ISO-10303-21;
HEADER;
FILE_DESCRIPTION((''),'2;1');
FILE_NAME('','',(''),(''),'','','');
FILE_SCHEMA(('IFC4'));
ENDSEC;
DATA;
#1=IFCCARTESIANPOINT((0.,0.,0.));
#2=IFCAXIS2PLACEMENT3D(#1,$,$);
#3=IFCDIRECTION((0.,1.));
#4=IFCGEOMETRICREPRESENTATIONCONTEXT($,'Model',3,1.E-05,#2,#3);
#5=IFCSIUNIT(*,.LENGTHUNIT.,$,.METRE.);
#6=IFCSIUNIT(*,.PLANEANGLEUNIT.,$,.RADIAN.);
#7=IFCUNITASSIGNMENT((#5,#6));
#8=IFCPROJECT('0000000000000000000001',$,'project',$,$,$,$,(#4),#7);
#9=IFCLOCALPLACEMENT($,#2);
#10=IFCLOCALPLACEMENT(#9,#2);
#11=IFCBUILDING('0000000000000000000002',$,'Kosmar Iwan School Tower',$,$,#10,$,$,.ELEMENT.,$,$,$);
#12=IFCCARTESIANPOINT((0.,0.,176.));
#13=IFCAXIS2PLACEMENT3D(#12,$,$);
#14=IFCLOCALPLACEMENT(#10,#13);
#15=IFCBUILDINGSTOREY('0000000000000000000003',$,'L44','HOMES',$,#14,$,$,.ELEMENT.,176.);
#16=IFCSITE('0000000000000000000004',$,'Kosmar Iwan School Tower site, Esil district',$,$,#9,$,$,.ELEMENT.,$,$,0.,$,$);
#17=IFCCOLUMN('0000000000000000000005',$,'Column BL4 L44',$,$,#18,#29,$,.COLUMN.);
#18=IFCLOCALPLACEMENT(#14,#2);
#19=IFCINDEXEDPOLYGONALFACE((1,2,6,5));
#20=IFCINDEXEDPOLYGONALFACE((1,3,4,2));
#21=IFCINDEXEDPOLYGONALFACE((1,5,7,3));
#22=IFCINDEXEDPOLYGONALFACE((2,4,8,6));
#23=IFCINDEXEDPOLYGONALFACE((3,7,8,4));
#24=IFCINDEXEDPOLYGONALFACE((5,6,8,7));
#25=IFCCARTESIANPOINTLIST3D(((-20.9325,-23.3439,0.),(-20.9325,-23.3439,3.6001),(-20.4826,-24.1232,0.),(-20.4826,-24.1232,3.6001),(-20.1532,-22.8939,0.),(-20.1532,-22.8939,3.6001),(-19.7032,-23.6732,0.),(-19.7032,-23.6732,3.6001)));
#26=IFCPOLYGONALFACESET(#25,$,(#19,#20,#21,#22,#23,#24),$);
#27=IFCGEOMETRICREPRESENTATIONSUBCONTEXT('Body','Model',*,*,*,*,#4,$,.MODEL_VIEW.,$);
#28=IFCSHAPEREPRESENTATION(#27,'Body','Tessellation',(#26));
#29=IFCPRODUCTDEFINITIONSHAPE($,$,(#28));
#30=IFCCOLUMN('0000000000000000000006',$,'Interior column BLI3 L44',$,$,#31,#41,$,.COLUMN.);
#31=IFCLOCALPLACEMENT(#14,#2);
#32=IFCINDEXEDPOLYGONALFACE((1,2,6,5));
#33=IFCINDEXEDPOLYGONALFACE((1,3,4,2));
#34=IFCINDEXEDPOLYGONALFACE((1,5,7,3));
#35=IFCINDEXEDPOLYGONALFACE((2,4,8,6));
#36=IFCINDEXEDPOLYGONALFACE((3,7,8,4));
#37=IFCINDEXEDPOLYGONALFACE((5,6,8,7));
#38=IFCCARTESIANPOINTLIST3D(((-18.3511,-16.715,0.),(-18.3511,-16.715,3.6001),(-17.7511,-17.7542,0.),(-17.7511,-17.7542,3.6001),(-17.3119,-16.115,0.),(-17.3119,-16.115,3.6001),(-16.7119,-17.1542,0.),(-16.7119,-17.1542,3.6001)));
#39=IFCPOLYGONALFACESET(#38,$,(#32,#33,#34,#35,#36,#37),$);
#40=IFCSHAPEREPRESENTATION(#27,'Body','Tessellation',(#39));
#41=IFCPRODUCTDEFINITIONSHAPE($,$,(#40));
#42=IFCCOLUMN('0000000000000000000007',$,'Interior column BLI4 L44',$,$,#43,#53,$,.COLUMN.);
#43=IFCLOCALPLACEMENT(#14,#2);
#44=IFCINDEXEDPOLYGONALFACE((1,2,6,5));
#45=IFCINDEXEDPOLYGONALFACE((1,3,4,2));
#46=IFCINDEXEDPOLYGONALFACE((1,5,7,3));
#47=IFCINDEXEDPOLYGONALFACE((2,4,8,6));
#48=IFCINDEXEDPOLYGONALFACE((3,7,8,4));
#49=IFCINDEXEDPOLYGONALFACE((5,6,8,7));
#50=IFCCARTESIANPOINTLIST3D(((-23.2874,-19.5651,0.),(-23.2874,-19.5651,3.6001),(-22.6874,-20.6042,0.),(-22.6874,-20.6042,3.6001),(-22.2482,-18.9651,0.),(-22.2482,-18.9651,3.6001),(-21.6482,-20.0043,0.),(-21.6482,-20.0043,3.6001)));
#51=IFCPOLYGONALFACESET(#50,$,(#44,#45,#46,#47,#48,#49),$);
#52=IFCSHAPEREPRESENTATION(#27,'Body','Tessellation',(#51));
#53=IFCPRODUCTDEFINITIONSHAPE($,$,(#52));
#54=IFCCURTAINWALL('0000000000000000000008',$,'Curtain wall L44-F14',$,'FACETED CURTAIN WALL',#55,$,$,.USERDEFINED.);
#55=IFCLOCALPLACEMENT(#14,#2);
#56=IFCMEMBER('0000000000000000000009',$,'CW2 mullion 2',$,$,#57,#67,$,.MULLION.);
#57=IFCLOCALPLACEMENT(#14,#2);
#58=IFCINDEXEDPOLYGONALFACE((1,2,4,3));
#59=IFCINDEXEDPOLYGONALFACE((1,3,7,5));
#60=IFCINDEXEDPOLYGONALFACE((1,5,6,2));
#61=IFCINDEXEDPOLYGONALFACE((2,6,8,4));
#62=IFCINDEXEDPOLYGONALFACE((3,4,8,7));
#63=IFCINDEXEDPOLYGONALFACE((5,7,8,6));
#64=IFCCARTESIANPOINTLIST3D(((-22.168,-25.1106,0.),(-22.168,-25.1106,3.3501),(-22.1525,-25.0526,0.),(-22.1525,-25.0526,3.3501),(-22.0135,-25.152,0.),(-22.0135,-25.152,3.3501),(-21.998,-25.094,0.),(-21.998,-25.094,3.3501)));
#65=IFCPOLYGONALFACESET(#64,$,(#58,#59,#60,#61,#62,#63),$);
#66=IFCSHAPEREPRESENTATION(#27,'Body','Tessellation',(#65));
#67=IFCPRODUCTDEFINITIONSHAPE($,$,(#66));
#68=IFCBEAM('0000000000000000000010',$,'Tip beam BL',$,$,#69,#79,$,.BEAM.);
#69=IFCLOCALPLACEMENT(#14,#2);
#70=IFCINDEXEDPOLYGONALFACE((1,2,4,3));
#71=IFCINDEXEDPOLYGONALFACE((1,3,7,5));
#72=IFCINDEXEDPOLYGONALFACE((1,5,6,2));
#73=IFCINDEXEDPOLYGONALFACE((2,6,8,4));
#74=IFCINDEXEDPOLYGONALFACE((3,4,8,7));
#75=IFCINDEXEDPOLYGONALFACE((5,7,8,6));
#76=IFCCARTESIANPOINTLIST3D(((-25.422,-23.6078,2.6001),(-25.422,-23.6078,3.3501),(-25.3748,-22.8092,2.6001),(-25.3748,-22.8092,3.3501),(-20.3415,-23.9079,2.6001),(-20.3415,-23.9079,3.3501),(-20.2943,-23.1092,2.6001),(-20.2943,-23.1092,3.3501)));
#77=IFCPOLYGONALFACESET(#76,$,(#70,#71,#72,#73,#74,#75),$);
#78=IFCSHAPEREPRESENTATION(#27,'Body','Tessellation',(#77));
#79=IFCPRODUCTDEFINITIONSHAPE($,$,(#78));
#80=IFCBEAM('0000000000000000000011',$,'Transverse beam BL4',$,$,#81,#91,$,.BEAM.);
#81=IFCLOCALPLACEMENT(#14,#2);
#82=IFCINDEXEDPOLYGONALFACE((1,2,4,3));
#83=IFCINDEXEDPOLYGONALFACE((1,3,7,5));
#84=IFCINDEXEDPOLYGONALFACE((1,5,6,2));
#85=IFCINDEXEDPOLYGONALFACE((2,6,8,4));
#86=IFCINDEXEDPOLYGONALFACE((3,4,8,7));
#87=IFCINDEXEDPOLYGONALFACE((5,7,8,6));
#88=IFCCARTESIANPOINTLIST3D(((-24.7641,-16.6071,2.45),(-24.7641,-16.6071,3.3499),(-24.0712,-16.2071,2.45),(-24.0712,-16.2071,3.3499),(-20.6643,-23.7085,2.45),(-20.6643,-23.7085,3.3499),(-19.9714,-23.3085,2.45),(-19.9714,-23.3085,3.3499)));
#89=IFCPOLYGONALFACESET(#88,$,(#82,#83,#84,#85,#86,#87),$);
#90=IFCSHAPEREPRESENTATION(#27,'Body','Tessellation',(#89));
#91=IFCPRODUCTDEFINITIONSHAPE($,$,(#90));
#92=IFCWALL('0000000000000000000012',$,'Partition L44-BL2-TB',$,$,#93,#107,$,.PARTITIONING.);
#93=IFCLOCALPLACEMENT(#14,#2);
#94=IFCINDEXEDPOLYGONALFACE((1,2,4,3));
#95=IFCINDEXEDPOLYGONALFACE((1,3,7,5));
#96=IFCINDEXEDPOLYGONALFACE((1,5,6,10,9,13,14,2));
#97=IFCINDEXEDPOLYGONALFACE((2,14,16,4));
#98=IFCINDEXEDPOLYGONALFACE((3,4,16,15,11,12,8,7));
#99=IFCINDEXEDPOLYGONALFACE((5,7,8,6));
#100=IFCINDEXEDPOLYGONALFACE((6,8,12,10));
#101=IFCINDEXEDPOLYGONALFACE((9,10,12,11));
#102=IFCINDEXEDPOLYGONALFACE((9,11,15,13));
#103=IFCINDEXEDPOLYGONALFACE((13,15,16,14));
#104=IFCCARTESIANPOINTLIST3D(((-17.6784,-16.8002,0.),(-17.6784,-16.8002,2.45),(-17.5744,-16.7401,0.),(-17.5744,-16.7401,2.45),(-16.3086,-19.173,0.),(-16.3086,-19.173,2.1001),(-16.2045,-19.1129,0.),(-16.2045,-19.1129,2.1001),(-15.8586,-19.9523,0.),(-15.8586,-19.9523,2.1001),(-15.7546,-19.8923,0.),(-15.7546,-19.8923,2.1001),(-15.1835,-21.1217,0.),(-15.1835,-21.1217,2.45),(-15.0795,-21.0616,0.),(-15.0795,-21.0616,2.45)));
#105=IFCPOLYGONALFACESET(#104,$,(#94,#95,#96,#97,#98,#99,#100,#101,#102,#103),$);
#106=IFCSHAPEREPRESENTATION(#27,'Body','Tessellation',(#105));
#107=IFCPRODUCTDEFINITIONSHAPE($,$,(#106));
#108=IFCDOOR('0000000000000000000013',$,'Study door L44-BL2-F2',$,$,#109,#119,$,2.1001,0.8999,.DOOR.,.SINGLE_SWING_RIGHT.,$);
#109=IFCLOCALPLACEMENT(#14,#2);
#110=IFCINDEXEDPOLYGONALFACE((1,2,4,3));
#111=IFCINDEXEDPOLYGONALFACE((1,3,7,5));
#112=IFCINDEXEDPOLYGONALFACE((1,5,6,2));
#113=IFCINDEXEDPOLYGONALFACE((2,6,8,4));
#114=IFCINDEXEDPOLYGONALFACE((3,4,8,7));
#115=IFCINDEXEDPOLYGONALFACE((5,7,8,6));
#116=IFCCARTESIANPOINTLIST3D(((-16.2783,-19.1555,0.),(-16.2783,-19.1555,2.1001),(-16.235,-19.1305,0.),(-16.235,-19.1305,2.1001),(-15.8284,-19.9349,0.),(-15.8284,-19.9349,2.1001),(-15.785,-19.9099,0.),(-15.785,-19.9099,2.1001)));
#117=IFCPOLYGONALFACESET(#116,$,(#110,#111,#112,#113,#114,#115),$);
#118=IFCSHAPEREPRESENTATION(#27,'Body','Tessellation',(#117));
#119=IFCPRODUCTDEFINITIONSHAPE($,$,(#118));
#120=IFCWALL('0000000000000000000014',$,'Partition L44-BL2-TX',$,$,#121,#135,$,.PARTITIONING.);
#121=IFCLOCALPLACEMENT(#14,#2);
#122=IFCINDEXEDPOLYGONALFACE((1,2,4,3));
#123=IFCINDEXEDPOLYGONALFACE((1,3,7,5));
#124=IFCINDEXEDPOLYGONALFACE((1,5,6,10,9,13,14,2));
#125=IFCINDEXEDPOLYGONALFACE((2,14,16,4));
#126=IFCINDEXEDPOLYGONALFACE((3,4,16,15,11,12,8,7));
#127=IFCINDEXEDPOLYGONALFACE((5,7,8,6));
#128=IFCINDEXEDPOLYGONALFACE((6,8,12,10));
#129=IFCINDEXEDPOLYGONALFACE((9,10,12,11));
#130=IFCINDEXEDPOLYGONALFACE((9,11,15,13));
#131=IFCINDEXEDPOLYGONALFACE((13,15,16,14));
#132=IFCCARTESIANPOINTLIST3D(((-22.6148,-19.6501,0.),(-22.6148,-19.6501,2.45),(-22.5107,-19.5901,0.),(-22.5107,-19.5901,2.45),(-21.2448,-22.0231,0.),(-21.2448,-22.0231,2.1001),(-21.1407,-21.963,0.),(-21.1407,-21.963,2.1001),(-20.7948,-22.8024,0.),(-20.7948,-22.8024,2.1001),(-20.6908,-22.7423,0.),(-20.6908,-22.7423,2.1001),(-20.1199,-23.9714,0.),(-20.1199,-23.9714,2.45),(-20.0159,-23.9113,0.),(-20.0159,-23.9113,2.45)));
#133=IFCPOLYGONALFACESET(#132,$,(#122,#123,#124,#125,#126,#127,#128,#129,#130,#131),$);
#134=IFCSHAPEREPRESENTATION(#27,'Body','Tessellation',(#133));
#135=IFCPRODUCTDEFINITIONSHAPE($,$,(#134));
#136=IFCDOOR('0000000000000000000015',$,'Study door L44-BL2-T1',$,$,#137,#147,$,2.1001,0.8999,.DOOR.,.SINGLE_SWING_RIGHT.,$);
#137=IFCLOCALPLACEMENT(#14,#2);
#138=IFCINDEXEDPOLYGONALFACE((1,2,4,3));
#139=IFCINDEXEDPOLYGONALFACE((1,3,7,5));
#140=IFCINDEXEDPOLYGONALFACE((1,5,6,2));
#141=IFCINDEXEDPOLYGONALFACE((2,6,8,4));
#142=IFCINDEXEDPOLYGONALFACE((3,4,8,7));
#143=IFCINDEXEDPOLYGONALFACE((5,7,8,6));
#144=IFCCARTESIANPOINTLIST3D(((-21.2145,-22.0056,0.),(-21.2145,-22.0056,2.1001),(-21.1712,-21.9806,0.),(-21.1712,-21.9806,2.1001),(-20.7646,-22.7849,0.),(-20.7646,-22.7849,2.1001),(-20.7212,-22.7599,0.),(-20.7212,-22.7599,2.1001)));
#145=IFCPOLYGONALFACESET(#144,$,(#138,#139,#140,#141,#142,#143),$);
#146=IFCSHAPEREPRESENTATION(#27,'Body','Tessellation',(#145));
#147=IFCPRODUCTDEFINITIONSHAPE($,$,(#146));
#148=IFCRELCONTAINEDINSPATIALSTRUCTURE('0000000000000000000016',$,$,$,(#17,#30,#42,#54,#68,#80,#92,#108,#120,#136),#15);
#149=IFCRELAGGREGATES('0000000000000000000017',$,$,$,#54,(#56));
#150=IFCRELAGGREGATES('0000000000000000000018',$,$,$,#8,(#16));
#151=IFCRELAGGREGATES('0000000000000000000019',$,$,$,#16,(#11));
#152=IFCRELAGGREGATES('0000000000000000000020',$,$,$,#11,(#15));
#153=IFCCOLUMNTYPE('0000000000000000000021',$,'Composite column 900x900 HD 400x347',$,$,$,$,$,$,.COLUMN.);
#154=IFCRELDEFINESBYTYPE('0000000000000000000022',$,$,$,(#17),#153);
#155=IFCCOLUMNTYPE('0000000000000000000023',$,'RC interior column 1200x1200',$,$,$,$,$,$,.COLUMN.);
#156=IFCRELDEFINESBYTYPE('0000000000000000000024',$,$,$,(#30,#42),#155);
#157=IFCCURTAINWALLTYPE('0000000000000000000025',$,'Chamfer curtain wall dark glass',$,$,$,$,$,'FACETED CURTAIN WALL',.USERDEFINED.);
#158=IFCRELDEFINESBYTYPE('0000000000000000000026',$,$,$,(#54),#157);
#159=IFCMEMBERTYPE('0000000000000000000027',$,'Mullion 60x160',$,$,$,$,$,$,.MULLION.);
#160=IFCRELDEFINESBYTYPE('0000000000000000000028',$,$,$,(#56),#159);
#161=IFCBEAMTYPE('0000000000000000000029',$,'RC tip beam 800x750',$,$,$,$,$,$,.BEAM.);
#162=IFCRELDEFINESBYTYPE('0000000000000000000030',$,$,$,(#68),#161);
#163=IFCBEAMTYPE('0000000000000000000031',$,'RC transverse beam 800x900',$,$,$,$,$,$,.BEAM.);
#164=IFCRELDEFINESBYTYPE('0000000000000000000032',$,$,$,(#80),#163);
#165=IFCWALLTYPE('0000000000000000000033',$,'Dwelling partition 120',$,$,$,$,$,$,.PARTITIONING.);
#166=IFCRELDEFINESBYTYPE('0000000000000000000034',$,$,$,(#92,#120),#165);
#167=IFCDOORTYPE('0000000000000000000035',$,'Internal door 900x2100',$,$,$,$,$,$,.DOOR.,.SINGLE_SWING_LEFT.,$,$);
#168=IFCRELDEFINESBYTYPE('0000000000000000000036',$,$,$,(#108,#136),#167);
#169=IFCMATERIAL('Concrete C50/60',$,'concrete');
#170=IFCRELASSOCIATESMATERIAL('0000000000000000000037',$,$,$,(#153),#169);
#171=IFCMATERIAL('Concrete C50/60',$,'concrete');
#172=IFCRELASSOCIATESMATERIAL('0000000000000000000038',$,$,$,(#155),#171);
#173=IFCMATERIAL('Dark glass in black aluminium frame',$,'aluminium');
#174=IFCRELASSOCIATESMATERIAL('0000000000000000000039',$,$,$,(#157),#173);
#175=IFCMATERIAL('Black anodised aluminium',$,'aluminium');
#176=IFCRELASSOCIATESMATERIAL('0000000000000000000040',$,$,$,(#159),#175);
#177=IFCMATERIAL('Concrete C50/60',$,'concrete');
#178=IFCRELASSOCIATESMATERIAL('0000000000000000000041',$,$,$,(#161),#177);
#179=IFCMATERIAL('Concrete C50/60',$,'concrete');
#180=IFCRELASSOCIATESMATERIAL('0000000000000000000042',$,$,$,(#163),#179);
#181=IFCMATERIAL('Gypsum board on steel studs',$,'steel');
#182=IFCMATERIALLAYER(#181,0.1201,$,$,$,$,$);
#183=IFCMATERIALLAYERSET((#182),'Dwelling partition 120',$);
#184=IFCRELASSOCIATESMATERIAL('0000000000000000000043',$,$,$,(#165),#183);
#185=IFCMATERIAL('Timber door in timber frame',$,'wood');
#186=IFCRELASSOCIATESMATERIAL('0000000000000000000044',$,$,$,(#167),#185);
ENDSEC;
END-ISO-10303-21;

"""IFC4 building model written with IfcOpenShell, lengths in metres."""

from ifc_helpers import new_model, si_unit, direction, frame, frame_2d, origin, origin_2d, place, context, subcontext, project, spatial, rectangle, extrude, material, layer, layer_set, material_profile, profile_set, type_object, element, fill, aggregate, save


model = new_model("IFC4")

# Units and contexts
model_context = context("Model", 3, precision=1e-05, world=origin(), true_north=direction((0.0, 1.0)))
body_context = subcontext(model_context, "Body", "Model", "MODEL_VIEW")
ifc_project = project(units=[si_unit("LENGTHUNIT", "METRE"), si_unit("PLANEANGLEUNIT", "RADIAN")], contexts=[model_context])

# Site, building, storey
site_placement = place(None, origin())
site = spatial("IfcSite", under=ifc_project, at=site_placement, Name="Kosmar Iwan School Tower site, Esil district", CompositionType="ELEMENT", RefElevation=0.0)
building_placement = place(site_placement, origin())
building = spatial("IfcBuilding", under=site, at=building_placement, Name="Kosmar Iwan School Tower", CompositionType="ELEMENT")
storey_placement = place(building_placement, frame((0.0, 0.0, 176.0)))
storey = spatial("IfcBuildingStorey", under=building, at=storey_placement, Name="L44", Description="HOMES", CompositionType="ELEMENT", Elevation=176.0)

# Columns
ifc_material_1 = material(Name="Concrete C50/60", Category="concrete")
ifc_material_profile_1 = material_profile(ifc_material_1, rectangle(XDim=0.8999, YDim=0.8999, at=origin_2d()), Name="RC 900x900 + HD 400x347")
ifc_profile_set_1 = profile_set([ifc_material_profile_1], Name="Concrete C50/60")
column_type_1 = type_object("IfcColumnType", Name="Composite column 900x900 HD 400x347", PredefinedType="COLUMN", material=ifc_profile_set_1)
column_placement = place(storey_placement, frame((-20.3179, -23.5085, 0.0), z_axis=(0.0, 0.0, 1.0), x_axis=(-0.866025, -0.5, 0.0)))
element("IfcColumn", 1, at=column_placement, inside=storey, type_object=column_type_1, Name="Column BL4 L44", PredefinedType="COLUMN", context=body_context, shape_type="SweptSolid", body=[
    extrude(rectangle(XDim=0.8999, YDim=0.8999, at=origin_2d()), origin(), (0.0, 0.0, 1.0), 3.6001),
])
ifc_material_2 = material(Name="Concrete C50/60", Category="concrete")
ifc_material_profile_2 = material_profile(ifc_material_2, rectangle(XDim=1.2, YDim=1.2, at=origin_2d()), Name="RC 1200x1200")
ifc_profile_set_2 = profile_set([ifc_material_profile_2], Name="Concrete C50/60")
column_type_2 = type_object("IfcColumnType", Name="RC interior column 1200x1200", PredefinedType="COLUMN", material=ifc_profile_set_2)
for number, where, z_axis, x_axis, name in (
    (2, (-17.5315, -16.9346, 0.0), (0.0, 0.0, 1.0), (-0.866025, -0.5, 0.0), "Interior column BLI3 L44"),
    (3, (-22.4678, -19.7847, 0.0), (0.0, 0.0, 1.0), (-0.866025, -0.5, 0.0), "Interior column BLI4 L44"),
):
    element("IfcColumn", number, at=place(storey_placement, frame(where, z_axis=z_axis, x_axis=x_axis)), inside=storey, type_object=column_type_2, Name=name, PredefinedType="COLUMN", context=body_context, shape_type="SweptSolid", body=[
        extrude(rectangle(XDim=1.2, YDim=1.2, at=origin_2d()), origin(), (0.0, 0.0, 1.0), 3.6001),
    ])

# Curtain wall, member
ifc_material_3 = material(Name="Dark glass in black aluminium frame", Category="aluminium")
curtain_wall_type = type_object("IfcCurtainWallType", Name="Chamfer curtain wall dark glass", ElementType="FACETED CURTAIN WALL", PredefinedType="USERDEFINED", material=ifc_material_3)
curtain_wall_placement = place(storey_placement, origin())
curtain_wall = element("IfcCurtainWall", 4, at=curtain_wall_placement, inside=storey, type_object=curtain_wall_type, Name="Curtain wall L44-F14", ObjectType="FACETED CURTAIN WALL", PredefinedType="USERDEFINED")
ifc_material_4 = material(Name="Black anodised aluminium", Category="aluminium")
ifc_material_profile_3 = material_profile(ifc_material_4, rectangle(XDim=0.0601, YDim=0.1599, at=origin_2d()), Name="MULLION 60x160")
ifc_profile_set_3 = profile_set([ifc_material_profile_3], Name="Black anodised aluminium")
member_type = type_object("IfcMemberType", Name="Mullion 60x160", PredefinedType="MULLION", material=ifc_profile_set_3)
member_placement = place(storey_placement, frame((-22.083, -25.1023, 0.0), z_axis=(0.0, 0.0, 1.0), x_axis=(0.258819, 0.965926, 0.0)))
member = element("IfcMember", 5, at=member_placement, type_object=member_type, Name="CW2 mullion 2", PredefinedType="MULLION", context=body_context, shape_type="SweptSolid", body=[
    extrude(rectangle(XDim=0.0601, YDim=0.1599, at=origin_2d()), origin(), (0.0, 0.0, 1.0), 3.3501),
])
aggregate(curtain_wall, [member])

# Beams
ifc_material_5 = material(Name="Concrete C50/60", Category="concrete")
ifc_material_profile_4 = material_profile(ifc_material_5, rectangle(XDim=0.8, YDim=0.75, at=origin_2d()), Name="RC 800x750")
ifc_profile_set_4 = profile_set([ifc_material_profile_4], Name="Concrete C50/60")
beam_type_1 = type_object("IfcBeamType", Name="RC tip beam 800x750", PredefinedType="BEAM", material=ifc_profile_set_4)
beam_1_placement = place(storey_placement, frame((-20.3179, -23.5085, 2.9751), z_axis=(-0.998261, 0.058955, 0.0), x_axis=(-0.058955, -0.998261, 0.0)))
element("IfcBeam", 6, at=beam_1_placement, inside=storey, type_object=beam_type_1, Name="Tip beam BL", PredefinedType="BEAM", context=body_context, shape_type="SweptSolid", body=[
    extrude(rectangle(XDim=0.8, YDim=0.75, at=origin_2d()), origin(), (0.0, 0.0, 1.0), 5.0894),
])
ifc_material_6 = material(Name="Concrete C50/60", Category="concrete")
ifc_material_profile_5 = material_profile(ifc_material_6, rectangle(XDim=0.8, YDim=0.8999, at=origin_2d()), Name="RC 800x900")
ifc_profile_set_5 = profile_set([ifc_material_profile_5], Name="Concrete C50/60")
beam_type_2 = type_object("IfcBeamType", Name="RC transverse beam 800x900", PredefinedType="BEAM", material=ifc_profile_set_5)
beam_2_placement = place(storey_placement, frame((-20.3179, -23.5085, 2.8999), z_axis=(-0.499978, 0.866038, 0.0), x_axis=(-0.866038, -0.499978, 0.0)))
element("IfcBeam", 7, at=beam_2_placement, inside=storey, type_object=beam_type_2, Name="Transverse beam BL4", PredefinedType="BEAM", context=body_context, shape_type="SweptSolid", body=[
    extrude(rectangle(XDim=0.8, YDim=0.8999, at=origin_2d()), origin(), (0.0, 0.0, 1.0), 8.2),
])

# Walls, openings, doors
ifc_material_7 = material(Name="Gypsum board on steel studs", Category="steel")
ifc_layer_1 = layer(ifc_material_7, 0.1201)
ifc_layer_set_1 = layer_set([ifc_layer_1], Name="Dwelling partition 120")
wall_type_1 = type_object("IfcWallType", Name="Dwelling partition 120", PredefinedType="PARTITIONING", material=ifc_layer_set_1)
wall_1_placement = place(storey_placement, frame((-17.6265, -16.77, 0.0), z_axis=(0.0, 0.0, 1.0), x_axis=(0.499975, -0.86604, 0.0)))
wall_1 = element("IfcWall", 8, at=wall_1_placement, inside=storey, type_object=wall_type_1, Name="Partition L44-BL2-TB", PredefinedType="PARTITIONING", context=body_context, shape_type="SweptSolid", body=[
    extrude(rectangle(XDim=4.99, YDim=0.1201, at=frame_2d((2.4951, 0.0))), origin(), (0.0, 0.0, 1.0), 2.45),
])
opening_1_placement = place(wall_1_placement, frame((2.74, 0.0, 0.0)))
opening_1 = element("IfcOpeningElement", 9, at=opening_1_placement, cuts=wall_1, PredefinedType="OPENING", context=body_context, shape_type="SweptSolid", body=[
    extrude(rectangle(XDim=0.8999, YDim=2.1001, at=frame_2d((0.45, 1.05))), frame((0.0, 0.072, 0.0), z_axis=(0.0, -1.0, 0.0), x_axis=(1.0, 0.0, 0.0)), (0.0, 0.0, 1.0), 0.144),
])
ifc_material_8 = material(Name="Timber door in timber frame", Category="wood")
door_type = type_object("IfcDoorType", Name="Internal door 900x2100", OperationType="SINGLE_SWING_LEFT", PredefinedType="DOOR", material=ifc_material_8)
door_1_placement = place(opening_1_placement, origin())
door_1 = element("IfcDoor", 10, at=door_1_placement, inside=storey, type_object=door_type, Name="Study door L44-BL2-F2", OperationType="SINGLE_SWING_RIGHT", OverallHeight=2.1001, OverallWidth=0.8999, PredefinedType="DOOR", context=body_context, shape_type="SweptSolid", body=[
    extrude(rectangle(XDim=0.8999, YDim=2.1001, at=frame_2d((0.45, 1.05))), frame((0.0, 0.0249, 0.0), z_axis=(0.0, -1.0, 0.0), x_axis=(1.0, 0.0, 0.0)), (0.0, 0.0, 1.0), 0.05),
])
fill(opening_1, door_1)
wall_2_placement = place(storey_placement, frame((-22.5627, -19.6201, 0.0), z_axis=(0.0, 0.0, 1.0), x_axis=(0.499996, -0.866028, 0.0)))
wall_2 = element("IfcWall", 11, at=wall_2_placement, inside=storey, type_object=wall_type_1, Name="Partition L44-BL2-TX", PredefinedType="PARTITIONING", context=body_context, shape_type="SweptSolid", body=[
    extrude(rectangle(XDim=4.9897, YDim=0.1201, at=frame_2d((2.4949, 0.0))), origin(), (0.0, 0.0, 1.0), 2.45),
])
opening_2_placement = place(wall_2_placement, frame((2.74, 0.0, 0.0)))
opening_2 = element("IfcOpeningElement", 12, at=opening_2_placement, cuts=wall_2, PredefinedType="OPENING", context=body_context, shape_type="SweptSolid", body=[
    extrude(rectangle(XDim=0.8999, YDim=2.1001, at=frame_2d((0.45, 1.05))), frame((0.0, 0.072, 0.0), z_axis=(0.0, -1.0, 0.0), x_axis=(1.0, 0.0, 0.0)), (0.0, 0.0, 1.0), 0.144),
])
door_2_placement = place(opening_2_placement, origin())
door_2 = element("IfcDoor", 13, at=door_2_placement, inside=storey, type_object=door_type, Name="Study door L44-BL2-T1", OperationType="SINGLE_SWING_RIGHT", OverallHeight=2.1001, OverallWidth=0.8999, PredefinedType="DOOR", context=body_context, shape_type="SweptSolid", body=[
    extrude(rectangle(XDim=0.8999, YDim=2.1001, at=frame_2d((0.45, 1.05))), frame((0.0, 0.0249, 0.0), z_axis=(0.0, -1.0, 0.0), x_axis=(1.0, 0.0, 0.0)), (0.0, 0.0, 1.0), 0.05),
])
fill(opening_2, door_2)

save(model, "model.ifc")
